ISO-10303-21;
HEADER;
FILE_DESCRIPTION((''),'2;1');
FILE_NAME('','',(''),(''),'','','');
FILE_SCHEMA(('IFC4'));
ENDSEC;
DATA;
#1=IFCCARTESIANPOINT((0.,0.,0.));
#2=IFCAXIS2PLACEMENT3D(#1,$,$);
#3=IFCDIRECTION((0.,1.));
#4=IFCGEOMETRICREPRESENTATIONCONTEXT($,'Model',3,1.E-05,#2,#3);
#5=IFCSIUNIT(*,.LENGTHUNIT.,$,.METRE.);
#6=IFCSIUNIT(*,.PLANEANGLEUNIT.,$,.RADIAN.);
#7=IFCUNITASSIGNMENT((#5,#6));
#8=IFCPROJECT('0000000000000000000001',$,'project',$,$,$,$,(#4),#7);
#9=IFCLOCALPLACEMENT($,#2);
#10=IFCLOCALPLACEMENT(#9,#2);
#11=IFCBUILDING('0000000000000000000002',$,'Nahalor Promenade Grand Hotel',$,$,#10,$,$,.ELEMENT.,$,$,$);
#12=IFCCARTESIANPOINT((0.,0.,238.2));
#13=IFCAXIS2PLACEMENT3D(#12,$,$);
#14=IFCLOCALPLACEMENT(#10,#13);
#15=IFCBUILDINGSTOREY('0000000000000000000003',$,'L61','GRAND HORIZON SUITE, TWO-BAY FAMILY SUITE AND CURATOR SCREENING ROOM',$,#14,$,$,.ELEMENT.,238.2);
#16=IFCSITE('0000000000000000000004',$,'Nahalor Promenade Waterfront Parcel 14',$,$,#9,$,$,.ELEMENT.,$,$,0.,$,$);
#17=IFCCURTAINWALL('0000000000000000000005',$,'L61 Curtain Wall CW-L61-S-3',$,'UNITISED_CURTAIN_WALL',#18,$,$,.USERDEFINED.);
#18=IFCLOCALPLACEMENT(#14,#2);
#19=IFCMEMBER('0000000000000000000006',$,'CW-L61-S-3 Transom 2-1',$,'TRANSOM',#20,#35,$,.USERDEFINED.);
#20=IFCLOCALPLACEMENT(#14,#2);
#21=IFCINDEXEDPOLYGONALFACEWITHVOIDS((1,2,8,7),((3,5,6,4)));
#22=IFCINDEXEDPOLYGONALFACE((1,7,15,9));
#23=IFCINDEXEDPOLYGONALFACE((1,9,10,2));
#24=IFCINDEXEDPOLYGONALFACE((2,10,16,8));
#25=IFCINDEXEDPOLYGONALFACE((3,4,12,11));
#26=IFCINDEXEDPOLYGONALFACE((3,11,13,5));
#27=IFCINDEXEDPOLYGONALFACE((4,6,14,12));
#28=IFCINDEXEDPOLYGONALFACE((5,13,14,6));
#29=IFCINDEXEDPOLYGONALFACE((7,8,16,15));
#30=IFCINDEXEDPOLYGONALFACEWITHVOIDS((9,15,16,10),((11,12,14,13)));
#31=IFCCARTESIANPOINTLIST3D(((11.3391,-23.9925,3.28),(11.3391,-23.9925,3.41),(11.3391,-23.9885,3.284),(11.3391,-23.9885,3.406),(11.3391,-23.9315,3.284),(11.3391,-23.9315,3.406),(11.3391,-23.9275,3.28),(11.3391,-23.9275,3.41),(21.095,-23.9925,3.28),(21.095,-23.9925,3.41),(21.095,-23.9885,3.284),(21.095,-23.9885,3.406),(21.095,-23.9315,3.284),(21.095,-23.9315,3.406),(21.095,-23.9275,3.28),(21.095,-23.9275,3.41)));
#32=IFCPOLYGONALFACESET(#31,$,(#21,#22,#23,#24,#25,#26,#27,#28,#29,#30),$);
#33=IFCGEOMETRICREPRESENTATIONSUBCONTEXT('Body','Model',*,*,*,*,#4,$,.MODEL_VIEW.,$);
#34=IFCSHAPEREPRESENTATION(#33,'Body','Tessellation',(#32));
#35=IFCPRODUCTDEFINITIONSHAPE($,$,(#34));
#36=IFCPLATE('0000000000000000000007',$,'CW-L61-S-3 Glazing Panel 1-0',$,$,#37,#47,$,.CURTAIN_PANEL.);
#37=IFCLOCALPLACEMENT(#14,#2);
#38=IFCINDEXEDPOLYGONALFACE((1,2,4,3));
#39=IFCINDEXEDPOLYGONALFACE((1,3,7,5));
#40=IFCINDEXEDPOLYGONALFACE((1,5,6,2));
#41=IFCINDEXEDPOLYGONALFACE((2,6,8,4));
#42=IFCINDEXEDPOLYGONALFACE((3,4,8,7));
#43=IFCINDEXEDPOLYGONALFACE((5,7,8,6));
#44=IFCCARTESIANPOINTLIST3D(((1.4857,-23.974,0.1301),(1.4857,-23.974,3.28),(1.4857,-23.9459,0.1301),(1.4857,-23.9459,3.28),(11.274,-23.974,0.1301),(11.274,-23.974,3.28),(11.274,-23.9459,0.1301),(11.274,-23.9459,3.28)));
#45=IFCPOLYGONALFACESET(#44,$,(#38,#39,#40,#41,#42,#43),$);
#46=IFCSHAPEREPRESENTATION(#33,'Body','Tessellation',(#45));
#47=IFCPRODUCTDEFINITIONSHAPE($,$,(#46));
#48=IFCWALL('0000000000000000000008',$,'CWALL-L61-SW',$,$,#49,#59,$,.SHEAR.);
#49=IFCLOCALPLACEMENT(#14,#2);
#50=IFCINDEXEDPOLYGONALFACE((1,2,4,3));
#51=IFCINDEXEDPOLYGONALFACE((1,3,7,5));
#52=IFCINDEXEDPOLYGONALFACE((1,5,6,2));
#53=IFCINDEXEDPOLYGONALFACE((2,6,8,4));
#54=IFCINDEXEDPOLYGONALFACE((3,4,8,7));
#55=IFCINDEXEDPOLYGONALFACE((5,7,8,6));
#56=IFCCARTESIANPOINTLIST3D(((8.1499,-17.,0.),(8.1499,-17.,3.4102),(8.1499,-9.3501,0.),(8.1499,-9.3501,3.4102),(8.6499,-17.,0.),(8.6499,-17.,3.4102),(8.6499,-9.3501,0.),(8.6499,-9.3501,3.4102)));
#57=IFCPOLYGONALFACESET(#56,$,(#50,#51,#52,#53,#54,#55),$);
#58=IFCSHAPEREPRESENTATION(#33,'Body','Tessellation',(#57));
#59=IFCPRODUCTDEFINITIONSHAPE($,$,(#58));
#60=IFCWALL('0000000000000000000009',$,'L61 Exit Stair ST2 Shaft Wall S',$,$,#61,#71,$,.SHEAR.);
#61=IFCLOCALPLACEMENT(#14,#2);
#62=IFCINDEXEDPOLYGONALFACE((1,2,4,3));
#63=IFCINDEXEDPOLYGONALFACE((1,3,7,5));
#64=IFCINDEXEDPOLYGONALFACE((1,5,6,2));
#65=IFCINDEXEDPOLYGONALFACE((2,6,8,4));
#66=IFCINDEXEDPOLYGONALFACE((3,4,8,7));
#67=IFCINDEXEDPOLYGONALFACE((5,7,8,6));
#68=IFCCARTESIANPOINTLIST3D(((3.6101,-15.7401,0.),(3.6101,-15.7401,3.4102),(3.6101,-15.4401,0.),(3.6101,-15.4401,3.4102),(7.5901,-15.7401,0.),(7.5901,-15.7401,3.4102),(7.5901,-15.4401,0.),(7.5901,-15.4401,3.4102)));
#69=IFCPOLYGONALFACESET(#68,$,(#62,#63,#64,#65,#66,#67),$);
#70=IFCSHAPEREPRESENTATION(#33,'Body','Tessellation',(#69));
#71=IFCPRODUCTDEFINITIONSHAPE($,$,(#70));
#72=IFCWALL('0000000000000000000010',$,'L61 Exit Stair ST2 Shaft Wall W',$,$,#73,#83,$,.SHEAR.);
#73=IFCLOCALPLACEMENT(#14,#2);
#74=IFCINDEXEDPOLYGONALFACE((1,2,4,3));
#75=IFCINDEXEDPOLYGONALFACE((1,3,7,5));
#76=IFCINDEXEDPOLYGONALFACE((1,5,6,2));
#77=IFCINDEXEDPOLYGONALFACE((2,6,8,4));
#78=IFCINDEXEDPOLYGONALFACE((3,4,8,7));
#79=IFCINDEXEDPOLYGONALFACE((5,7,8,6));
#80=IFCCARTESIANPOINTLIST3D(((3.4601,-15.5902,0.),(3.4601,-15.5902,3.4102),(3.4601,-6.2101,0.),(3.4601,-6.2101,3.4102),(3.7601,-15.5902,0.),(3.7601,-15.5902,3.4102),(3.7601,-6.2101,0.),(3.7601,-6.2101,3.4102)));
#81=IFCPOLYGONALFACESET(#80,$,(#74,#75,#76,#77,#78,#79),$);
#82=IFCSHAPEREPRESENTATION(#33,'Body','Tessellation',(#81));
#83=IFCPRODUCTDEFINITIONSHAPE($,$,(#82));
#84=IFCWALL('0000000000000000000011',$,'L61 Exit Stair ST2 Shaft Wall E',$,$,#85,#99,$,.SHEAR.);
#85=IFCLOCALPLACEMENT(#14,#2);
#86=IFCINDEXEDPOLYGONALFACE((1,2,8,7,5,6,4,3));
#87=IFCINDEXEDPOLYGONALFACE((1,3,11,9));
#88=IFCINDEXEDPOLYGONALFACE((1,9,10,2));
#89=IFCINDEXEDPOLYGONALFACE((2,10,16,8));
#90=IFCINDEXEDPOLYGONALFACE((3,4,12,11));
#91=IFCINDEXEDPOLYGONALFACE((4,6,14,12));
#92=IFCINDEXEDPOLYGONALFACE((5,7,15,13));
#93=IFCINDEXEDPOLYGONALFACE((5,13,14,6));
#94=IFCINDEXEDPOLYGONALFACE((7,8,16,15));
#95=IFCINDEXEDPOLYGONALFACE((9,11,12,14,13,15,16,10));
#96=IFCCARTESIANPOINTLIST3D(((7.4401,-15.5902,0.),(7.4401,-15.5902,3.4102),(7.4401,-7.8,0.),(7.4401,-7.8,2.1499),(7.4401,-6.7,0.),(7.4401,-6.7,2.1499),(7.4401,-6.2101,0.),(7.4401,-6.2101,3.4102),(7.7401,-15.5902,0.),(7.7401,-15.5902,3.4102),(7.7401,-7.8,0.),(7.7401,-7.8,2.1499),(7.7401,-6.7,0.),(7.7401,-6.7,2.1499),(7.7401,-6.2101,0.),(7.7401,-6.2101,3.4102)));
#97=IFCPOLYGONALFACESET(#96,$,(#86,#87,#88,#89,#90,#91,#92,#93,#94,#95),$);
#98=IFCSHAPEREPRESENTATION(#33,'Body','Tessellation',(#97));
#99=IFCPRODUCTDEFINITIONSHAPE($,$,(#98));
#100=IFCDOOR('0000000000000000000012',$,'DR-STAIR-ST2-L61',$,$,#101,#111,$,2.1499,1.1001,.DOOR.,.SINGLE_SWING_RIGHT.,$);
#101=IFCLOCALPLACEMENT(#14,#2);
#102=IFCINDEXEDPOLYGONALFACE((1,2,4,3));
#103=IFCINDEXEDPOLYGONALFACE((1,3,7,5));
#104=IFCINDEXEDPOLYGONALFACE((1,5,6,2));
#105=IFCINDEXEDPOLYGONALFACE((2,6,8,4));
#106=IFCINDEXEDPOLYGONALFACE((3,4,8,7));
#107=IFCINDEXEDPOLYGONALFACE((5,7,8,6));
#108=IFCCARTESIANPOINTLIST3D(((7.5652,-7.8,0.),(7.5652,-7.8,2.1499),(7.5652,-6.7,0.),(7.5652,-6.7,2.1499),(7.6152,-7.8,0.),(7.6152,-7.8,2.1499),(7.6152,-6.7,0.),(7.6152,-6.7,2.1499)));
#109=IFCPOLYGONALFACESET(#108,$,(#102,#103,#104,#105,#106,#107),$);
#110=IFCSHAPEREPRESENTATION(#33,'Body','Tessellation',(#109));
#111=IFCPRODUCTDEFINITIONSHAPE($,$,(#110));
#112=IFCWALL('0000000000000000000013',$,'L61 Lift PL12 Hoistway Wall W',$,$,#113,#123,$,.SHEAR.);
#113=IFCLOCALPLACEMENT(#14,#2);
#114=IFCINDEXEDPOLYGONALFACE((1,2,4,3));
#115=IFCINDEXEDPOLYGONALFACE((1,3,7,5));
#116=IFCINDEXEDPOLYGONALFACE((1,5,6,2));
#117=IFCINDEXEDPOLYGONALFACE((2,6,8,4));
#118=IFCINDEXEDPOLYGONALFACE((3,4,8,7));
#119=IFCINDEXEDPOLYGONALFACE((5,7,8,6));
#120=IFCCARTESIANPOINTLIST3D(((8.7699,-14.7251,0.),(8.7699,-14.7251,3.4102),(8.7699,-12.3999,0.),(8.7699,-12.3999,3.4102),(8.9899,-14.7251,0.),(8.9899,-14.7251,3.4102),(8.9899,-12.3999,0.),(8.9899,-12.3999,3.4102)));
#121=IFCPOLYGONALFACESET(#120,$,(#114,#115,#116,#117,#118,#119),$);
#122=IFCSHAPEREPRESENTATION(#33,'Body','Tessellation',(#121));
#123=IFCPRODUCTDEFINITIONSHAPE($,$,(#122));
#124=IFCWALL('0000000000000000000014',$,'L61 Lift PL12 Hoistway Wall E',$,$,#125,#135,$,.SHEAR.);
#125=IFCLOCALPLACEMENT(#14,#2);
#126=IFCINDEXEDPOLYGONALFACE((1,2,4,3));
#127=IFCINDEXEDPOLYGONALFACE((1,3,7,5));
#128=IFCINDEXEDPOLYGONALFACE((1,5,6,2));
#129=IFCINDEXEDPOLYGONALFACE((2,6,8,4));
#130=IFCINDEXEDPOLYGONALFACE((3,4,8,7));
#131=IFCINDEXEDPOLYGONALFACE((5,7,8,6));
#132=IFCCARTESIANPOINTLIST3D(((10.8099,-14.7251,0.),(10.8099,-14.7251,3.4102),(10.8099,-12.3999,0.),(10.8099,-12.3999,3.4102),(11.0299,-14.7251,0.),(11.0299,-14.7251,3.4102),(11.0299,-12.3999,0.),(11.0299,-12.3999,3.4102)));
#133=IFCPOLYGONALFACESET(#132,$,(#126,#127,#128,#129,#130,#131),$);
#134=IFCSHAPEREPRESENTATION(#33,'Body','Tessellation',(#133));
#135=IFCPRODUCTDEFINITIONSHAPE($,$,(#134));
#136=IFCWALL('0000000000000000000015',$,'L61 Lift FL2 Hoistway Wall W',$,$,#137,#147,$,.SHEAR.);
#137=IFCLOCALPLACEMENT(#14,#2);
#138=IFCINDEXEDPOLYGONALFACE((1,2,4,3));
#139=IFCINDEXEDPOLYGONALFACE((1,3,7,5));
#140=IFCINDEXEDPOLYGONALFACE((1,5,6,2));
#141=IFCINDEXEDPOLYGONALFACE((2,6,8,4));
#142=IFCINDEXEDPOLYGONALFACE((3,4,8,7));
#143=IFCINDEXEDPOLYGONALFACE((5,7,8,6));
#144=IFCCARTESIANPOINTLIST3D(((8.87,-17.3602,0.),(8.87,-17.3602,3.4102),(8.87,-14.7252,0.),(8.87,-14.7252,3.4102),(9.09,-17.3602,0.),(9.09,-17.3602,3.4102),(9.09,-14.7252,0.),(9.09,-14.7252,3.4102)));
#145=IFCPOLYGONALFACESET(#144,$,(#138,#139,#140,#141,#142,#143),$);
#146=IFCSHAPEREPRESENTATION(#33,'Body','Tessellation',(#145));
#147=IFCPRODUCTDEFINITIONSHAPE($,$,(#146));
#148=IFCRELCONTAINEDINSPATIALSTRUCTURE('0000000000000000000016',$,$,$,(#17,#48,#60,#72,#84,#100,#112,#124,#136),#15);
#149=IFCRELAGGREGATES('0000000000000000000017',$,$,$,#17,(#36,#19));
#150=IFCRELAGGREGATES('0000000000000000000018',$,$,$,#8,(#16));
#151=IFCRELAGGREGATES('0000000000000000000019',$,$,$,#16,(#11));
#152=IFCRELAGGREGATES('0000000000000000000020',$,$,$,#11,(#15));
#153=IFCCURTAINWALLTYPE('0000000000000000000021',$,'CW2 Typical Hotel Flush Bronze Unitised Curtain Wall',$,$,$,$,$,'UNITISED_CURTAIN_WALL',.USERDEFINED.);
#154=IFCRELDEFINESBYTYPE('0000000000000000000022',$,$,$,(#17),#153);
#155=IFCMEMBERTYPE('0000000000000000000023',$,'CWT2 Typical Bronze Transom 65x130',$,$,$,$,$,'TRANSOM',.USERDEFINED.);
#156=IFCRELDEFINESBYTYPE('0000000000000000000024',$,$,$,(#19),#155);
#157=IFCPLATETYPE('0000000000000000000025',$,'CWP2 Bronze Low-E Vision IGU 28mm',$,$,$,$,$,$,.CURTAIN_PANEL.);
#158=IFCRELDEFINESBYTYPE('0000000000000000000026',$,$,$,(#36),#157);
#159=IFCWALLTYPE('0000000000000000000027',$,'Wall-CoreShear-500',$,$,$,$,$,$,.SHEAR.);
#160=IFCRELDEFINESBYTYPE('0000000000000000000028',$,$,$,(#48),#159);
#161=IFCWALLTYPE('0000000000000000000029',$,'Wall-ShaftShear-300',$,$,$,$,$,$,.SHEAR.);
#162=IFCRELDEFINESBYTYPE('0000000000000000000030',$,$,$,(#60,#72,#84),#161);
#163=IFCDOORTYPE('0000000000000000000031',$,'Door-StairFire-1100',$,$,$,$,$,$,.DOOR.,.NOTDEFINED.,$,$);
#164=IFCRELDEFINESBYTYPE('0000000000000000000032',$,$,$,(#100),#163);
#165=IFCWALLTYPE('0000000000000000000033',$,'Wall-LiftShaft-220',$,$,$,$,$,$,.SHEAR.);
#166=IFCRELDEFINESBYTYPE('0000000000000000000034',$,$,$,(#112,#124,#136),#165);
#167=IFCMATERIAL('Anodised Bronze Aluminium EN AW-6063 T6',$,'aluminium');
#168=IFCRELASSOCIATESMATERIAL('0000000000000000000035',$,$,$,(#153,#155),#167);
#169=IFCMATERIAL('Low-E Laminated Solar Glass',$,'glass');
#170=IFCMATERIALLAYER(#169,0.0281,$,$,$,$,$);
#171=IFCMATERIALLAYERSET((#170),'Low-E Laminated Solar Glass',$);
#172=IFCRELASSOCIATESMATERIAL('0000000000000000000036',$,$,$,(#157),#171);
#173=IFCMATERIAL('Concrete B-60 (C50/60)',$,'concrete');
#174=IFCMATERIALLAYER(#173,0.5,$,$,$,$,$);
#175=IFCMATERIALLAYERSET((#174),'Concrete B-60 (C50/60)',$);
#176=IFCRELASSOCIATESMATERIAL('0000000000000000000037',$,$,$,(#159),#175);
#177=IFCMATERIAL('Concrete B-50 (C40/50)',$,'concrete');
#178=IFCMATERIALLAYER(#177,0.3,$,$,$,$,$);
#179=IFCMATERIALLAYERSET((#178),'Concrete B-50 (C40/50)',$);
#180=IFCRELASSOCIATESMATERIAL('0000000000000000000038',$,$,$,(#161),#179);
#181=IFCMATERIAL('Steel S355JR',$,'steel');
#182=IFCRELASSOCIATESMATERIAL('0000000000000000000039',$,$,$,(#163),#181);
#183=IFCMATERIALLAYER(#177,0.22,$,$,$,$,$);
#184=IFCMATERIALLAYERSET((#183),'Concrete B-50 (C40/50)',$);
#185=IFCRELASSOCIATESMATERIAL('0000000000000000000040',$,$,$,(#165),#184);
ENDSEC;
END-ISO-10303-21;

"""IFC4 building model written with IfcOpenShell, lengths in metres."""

from ifc_helpers import new_model, si_unit, direction, frame, frame_2d, origin, origin_2d, place, context, subcontext, project, spatial, rectangle, hollow_rectangle, extrude, source, transform, mapped, material, layer, layer_set, material_profile, profile_set, type_object, element, fill, aggregate, save


model = new_model("IFC4")

# Units and contexts
model_context = context("Model", 3, precision=1e-05, world=origin(), true_north=direction((0.0, 1.0)))
body_context = subcontext(model_context, "Body", "Model", "MODEL_VIEW")
ifc_project = project(units=[si_unit("LENGTHUNIT", "METRE"), si_unit("PLANEANGLEUNIT", "RADIAN")], contexts=[model_context])

# Site, building, storey
site_placement = place(None, origin())
site = spatial("IfcSite", under=ifc_project, at=site_placement, Name="Nahalor Promenade Waterfront Parcel 14", CompositionType="ELEMENT", RefElevation=0.0)
building_placement = place(site_placement, origin())
building = spatial("IfcBuilding", under=site, at=building_placement, Name="Nahalor Promenade Grand Hotel", CompositionType="ELEMENT")
storey_placement = place(building_placement, frame((0.0, 0.0, 238.2)))
storey = spatial("IfcBuildingStorey", under=building, at=storey_placement, Name="L61", Description="GRAND HORIZON SUITE, TWO-BAY FAMILY SUITE AND CURATOR SCREENING ROOM", CompositionType="ELEMENT", Elevation=238.2)

# Shared definitions
ifc_material_1 = material(Name="Concrete B-60 (C50/60)", Category="concrete")
ifc_material_2 = material(Name="Steel S355JR", Category="steel")

# Curtain wall, member, plate
ifc_material_3 = material(Name="Anodised Bronze Aluminium EN AW-6063 T6", Category="aluminium")
curtain_wall_type = type_object("IfcCurtainWallType", Name="CW2 Typical Hotel Flush Bronze Unitised Curtain Wall", ElementType="UNITISED_CURTAIN_WALL", PredefinedType="USERDEFINED", material=ifc_material_3)
curtain_wall_placement = place(storey_placement, origin())
curtain_wall = element("IfcCurtainWall", 1, at=curtain_wall_placement, inside=storey, type_object=curtain_wall_type, Name="L61 Curtain Wall CW-L61-S-3", ObjectType="UNITISED_CURTAIN_WALL", PredefinedType="USERDEFINED")
ifc_material_profile_1 = material_profile(ifc_material_3, hollow_rectangle(XDim=0.065, YDim=0.13, WallThickness=0.004, at=origin_2d()), Name="CWT 65x130x4")
ifc_profile_set_1 = profile_set([ifc_material_profile_1], Name="Anodised Bronze Aluminium EN AW-6063 T6")
member_type_1 = type_object("IfcMemberType", Name="CWT2 Typical Bronze Transom 65x130", ElementType="TRANSOM", PredefinedType="USERDEFINED", material=ifc_profile_set_1)
shared_shape_1 = source(origin(), body_context, "Body", "SweptSolid", [
    extrude(hollow_rectangle(XDim=0.065, YDim=0.13, WallThickness=0.004, at=origin_2d()), origin(), (0.0, 0.0, 1.0), 9.7559),
])
member_1_placement = place(storey_placement, frame((11.3391, -23.96, 3.345), z_axis=(1.0, 0.0, 0.0), x_axis=(0.0, 1.0, 0.0)))
member_1 = element("IfcMember", 2, at=member_1_placement, type_object=member_type_1, Name="CW-L61-S-3 Transom 2-1", ObjectType="TRANSOM", PredefinedType="USERDEFINED", context=body_context, shape_type="MappedRepresentation", body=[
    mapped(shared_shape_1, transform((0.0, 0.0, 0.0), scale=1.0)),
])
ifc_material_4 = material(Name="Low-E Laminated Solar Glass", Category="glass")
ifc_layer_1 = layer(ifc_material_4, 0.0281)
ifc_layer_set_1 = layer_set([ifc_layer_1], Name="Low-E Laminated Solar Glass")
plate_type = type_object("IfcPlateType", Name="CWP2 Bronze Low-E Vision IGU 28mm", PredefinedType="CURTAIN_PANEL", material=ifc_layer_set_1)
shared_shape_2 = source(origin(), body_context, "Body", "SweptSolid", [
    extrude(rectangle(XDim=9.7883, YDim=0.0281, at=origin_2d()), origin(), (0.0, 0.0, 1.0), 3.1499),
])
plate_placement = place(storey_placement, frame((6.3799, -23.96, 0.1301), z_axis=(0.0, 0.0, 1.0), x_axis=(1.0, 0.0, 0.0)))
plate = element("IfcPlate", 3, at=plate_placement, type_object=plate_type, Name="CW-L61-S-3 Glazing Panel 1-0", PredefinedType="CURTAIN_PANEL", context=body_context, shape_type="MappedRepresentation", body=[
    mapped(shared_shape_2, transform((0.0, 0.0, 0.0), scale=1.0)),
])
aggregate(curtain_wall, [plate, member_1])

# Walls
ifc_layer_2 = layer(ifc_material_1, 0.5)
ifc_layer_set_2 = layer_set([ifc_layer_2], Name="Concrete B-60 (C50/60)")
wall_type_1 = type_object("IfcWallType", Name="Wall-CoreShear-500", PredefinedType="SHEAR", material=ifc_layer_set_2)
shared_shape_3 = source(origin(), body_context, "Body", "SweptSolid", [
    extrude(rectangle(XDim=7.6499, YDim=0.5, at=frame_2d((3.825, 0.0))), origin(), (0.0, 0.0, 1.0), 3.4102),
])
wall_1_placement = place(storey_placement, frame((8.3999, -17.0, 0.0), z_axis=(0.0, 0.0, 1.0), x_axis=(0.0, 1.0, 0.0)))
element("IfcWall", 4, at=wall_1_placement, inside=storey, type_object=wall_type_1, Name="CWALL-L61-SW", PredefinedType="SHEAR", context=body_context, shape_type="MappedRepresentation", body=[
    mapped(shared_shape_3, transform((0.0, 0.0, 0.0), scale=1.0)),
])
ifc_material_5 = material(Name="Concrete B-50 (C40/50)", Category="concrete")
ifc_layer_3 = layer(ifc_material_5, 0.3)
ifc_layer_set_3 = layer_set([ifc_layer_3], Name="Concrete B-50 (C40/50)")
wall_type_2 = type_object("IfcWallType", Name="Wall-ShaftShear-300", PredefinedType="SHEAR", material=ifc_layer_set_3)
shared_shape_4 = source(origin(), body_context, "Body", "SweptSolid", [
    extrude(rectangle(XDim=3.98, YDim=0.3, at=frame_2d((1.99, 0.0))), origin(), (0.0, 0.0, 1.0), 3.4102),
])
wall_2_placement = place(storey_placement, frame((3.6101, -15.5901, 0.0), z_axis=(0.0, 0.0, 1.0), x_axis=(1.0, 0.0, 0.0)))
element("IfcWall", 5, at=wall_2_placement, inside=storey, type_object=wall_type_2, Name="L61 Exit Stair ST2 Shaft Wall S", PredefinedType="SHEAR", context=body_context, shape_type="MappedRepresentation", body=[
    mapped(shared_shape_4, transform((0.0, 0.0, 0.0), scale=1.0)),
])
shared_shape_5 = source(origin(), body_context, "Body", "SweptSolid", [
    extrude(rectangle(XDim=9.3801, YDim=0.3, at=frame_2d((4.6899, 0.0))), origin(), (0.0, 0.0, 1.0), 3.4102),
])
wall_3_placement = place(storey_placement, frame((3.6101, -15.5901, 0.0), z_axis=(0.0, 0.0, 1.0), x_axis=(0.0, 1.0, 0.0)))
element("IfcWall", 6, at=wall_3_placement, inside=storey, type_object=wall_type_2, Name="L61 Exit Stair ST2 Shaft Wall W", PredefinedType="SHEAR", context=body_context, shape_type="MappedRepresentation", body=[
    mapped(shared_shape_5, transform((0.0, 0.0, 0.0), scale=1.0)),
])

# Wall, opening, door
wall_4_placement = place(storey_placement, frame((7.5901, -15.5901, 0.0), z_axis=(0.0, 0.0, 1.0), x_axis=(0.0, 1.0, 0.0)))
wall_4 = element("IfcWall", 7, at=wall_4_placement, inside=storey, type_object=wall_type_2, Name="L61 Exit Stair ST2 Shaft Wall E", PredefinedType="SHEAR", context=body_context, shape_type="MappedRepresentation", body=[
    mapped(shared_shape_5, transform((0.0, 0.0, 0.0), scale=1.0)),
])
opening_1_placement = place(wall_4_placement, frame((7.79, 0.0, 0.0)))
opening_1 = element("IfcOpeningElement", 8, at=opening_1_placement, cuts=wall_4, PredefinedType="OPENING", context=body_context, shape_type="SweptSolid", body=[
    extrude(rectangle(XDim=1.1001, YDim=2.1499, at=frame_2d((0.55, 1.075))), frame((0.0, 0.1599, 0.0), z_axis=(0.0, -1.0, 0.0), x_axis=(1.0, 0.0, 0.0)), (0.0, 0.0, 1.0), 0.3201),
])
door_type_1 = type_object("IfcDoorType", Name="Door-StairFire-1100", OperationType="NOTDEFINED", PredefinedType="DOOR", material=ifc_material_2)
shared_shape_6 = source(origin(), body_context, "Body", "SweptSolid", [
    extrude(rectangle(XDim=1.1001, YDim=2.1499, at=frame_2d((0.55, 1.075))), frame((0.0, 0.0249, 0.0), z_axis=(0.0, -1.0, 0.0), x_axis=(1.0, 0.0, 0.0)), (0.0, 0.0, 1.0), 0.05),
])
door_1_placement = place(opening_1_placement, origin())
door_1 = element("IfcDoor", 9, at=door_1_placement, inside=storey, type_object=door_type_1, Name="DR-STAIR-ST2-L61", OperationType="SINGLE_SWING_RIGHT", OverallHeight=2.1499, OverallWidth=1.1001, PredefinedType="DOOR", context=body_context, shape_type="MappedRepresentation", body=[
    mapped(shared_shape_6, transform((0.0, 0.0, 0.0), scale=1.0)),
])
fill(opening_1, door_1)

# Walls
ifc_layer_4 = layer(ifc_material_5, 0.22)
ifc_layer_set_4 = layer_set([ifc_layer_4], Name="Concrete B-50 (C40/50)")
wall_type_3 = type_object("IfcWallType", Name="Wall-LiftShaft-220", PredefinedType="SHEAR", material=ifc_layer_set_4)
shared_shape_7 = source(origin(), body_context, "Body", "SweptSolid", [
    extrude(rectangle(XDim=2.3252, YDim=0.22, at=frame_2d((1.1626, 0.0))), origin(), (0.0, 0.0, 1.0), 3.4102),
])
for number, where, z_axis, x_axis, name in (
    (10, (8.8799, -14.7251, 0.0), (0.0, 0.0, 1.0), (0.0, 1.0, 0.0), "L61 Lift PL12 Hoistway Wall W"),
    (11, (10.9199, -14.7251, 0.0), (0.0, 0.0, 1.0), (0.0, 1.0, 0.0), "L61 Lift PL12 Hoistway Wall E"),
):
    element("IfcWall", number, at=place(storey_placement, frame(where, z_axis=z_axis, x_axis=x_axis)), inside=storey, type_object=wall_type_3, Name=name, PredefinedType="SHEAR", context=body_context, shape_type="MappedRepresentation", body=[
        mapped(shared_shape_7, transform((0.0, 0.0, 0.0), scale=1.0)),
    ])
shared_shape_8 = source(origin(), body_context, "Body", "SweptSolid", [
    extrude(rectangle(XDim=2.635, YDim=0.22, at=frame_2d((1.3174, 0.0))), origin(), (0.0, 0.0, 1.0), 3.4102),
])
wall_5_placement = place(storey_placement, frame((8.98, -17.3601, 0.0), z_axis=(0.0, 0.0, 1.0), x_axis=(0.0, 1.0, 0.0)))
element("IfcWall", 12, at=wall_5_placement, inside=storey, type_object=wall_type_3, Name="L61 Lift FL2 Hoistway Wall W", PredefinedType="SHEAR", context=body_context, shape_type="MappedRepresentation", body=[
    mapped(shared_shape_8, transform((0.0, 0.0, 0.0), scale=1.0)),
])

save(model, "model.ifc")
